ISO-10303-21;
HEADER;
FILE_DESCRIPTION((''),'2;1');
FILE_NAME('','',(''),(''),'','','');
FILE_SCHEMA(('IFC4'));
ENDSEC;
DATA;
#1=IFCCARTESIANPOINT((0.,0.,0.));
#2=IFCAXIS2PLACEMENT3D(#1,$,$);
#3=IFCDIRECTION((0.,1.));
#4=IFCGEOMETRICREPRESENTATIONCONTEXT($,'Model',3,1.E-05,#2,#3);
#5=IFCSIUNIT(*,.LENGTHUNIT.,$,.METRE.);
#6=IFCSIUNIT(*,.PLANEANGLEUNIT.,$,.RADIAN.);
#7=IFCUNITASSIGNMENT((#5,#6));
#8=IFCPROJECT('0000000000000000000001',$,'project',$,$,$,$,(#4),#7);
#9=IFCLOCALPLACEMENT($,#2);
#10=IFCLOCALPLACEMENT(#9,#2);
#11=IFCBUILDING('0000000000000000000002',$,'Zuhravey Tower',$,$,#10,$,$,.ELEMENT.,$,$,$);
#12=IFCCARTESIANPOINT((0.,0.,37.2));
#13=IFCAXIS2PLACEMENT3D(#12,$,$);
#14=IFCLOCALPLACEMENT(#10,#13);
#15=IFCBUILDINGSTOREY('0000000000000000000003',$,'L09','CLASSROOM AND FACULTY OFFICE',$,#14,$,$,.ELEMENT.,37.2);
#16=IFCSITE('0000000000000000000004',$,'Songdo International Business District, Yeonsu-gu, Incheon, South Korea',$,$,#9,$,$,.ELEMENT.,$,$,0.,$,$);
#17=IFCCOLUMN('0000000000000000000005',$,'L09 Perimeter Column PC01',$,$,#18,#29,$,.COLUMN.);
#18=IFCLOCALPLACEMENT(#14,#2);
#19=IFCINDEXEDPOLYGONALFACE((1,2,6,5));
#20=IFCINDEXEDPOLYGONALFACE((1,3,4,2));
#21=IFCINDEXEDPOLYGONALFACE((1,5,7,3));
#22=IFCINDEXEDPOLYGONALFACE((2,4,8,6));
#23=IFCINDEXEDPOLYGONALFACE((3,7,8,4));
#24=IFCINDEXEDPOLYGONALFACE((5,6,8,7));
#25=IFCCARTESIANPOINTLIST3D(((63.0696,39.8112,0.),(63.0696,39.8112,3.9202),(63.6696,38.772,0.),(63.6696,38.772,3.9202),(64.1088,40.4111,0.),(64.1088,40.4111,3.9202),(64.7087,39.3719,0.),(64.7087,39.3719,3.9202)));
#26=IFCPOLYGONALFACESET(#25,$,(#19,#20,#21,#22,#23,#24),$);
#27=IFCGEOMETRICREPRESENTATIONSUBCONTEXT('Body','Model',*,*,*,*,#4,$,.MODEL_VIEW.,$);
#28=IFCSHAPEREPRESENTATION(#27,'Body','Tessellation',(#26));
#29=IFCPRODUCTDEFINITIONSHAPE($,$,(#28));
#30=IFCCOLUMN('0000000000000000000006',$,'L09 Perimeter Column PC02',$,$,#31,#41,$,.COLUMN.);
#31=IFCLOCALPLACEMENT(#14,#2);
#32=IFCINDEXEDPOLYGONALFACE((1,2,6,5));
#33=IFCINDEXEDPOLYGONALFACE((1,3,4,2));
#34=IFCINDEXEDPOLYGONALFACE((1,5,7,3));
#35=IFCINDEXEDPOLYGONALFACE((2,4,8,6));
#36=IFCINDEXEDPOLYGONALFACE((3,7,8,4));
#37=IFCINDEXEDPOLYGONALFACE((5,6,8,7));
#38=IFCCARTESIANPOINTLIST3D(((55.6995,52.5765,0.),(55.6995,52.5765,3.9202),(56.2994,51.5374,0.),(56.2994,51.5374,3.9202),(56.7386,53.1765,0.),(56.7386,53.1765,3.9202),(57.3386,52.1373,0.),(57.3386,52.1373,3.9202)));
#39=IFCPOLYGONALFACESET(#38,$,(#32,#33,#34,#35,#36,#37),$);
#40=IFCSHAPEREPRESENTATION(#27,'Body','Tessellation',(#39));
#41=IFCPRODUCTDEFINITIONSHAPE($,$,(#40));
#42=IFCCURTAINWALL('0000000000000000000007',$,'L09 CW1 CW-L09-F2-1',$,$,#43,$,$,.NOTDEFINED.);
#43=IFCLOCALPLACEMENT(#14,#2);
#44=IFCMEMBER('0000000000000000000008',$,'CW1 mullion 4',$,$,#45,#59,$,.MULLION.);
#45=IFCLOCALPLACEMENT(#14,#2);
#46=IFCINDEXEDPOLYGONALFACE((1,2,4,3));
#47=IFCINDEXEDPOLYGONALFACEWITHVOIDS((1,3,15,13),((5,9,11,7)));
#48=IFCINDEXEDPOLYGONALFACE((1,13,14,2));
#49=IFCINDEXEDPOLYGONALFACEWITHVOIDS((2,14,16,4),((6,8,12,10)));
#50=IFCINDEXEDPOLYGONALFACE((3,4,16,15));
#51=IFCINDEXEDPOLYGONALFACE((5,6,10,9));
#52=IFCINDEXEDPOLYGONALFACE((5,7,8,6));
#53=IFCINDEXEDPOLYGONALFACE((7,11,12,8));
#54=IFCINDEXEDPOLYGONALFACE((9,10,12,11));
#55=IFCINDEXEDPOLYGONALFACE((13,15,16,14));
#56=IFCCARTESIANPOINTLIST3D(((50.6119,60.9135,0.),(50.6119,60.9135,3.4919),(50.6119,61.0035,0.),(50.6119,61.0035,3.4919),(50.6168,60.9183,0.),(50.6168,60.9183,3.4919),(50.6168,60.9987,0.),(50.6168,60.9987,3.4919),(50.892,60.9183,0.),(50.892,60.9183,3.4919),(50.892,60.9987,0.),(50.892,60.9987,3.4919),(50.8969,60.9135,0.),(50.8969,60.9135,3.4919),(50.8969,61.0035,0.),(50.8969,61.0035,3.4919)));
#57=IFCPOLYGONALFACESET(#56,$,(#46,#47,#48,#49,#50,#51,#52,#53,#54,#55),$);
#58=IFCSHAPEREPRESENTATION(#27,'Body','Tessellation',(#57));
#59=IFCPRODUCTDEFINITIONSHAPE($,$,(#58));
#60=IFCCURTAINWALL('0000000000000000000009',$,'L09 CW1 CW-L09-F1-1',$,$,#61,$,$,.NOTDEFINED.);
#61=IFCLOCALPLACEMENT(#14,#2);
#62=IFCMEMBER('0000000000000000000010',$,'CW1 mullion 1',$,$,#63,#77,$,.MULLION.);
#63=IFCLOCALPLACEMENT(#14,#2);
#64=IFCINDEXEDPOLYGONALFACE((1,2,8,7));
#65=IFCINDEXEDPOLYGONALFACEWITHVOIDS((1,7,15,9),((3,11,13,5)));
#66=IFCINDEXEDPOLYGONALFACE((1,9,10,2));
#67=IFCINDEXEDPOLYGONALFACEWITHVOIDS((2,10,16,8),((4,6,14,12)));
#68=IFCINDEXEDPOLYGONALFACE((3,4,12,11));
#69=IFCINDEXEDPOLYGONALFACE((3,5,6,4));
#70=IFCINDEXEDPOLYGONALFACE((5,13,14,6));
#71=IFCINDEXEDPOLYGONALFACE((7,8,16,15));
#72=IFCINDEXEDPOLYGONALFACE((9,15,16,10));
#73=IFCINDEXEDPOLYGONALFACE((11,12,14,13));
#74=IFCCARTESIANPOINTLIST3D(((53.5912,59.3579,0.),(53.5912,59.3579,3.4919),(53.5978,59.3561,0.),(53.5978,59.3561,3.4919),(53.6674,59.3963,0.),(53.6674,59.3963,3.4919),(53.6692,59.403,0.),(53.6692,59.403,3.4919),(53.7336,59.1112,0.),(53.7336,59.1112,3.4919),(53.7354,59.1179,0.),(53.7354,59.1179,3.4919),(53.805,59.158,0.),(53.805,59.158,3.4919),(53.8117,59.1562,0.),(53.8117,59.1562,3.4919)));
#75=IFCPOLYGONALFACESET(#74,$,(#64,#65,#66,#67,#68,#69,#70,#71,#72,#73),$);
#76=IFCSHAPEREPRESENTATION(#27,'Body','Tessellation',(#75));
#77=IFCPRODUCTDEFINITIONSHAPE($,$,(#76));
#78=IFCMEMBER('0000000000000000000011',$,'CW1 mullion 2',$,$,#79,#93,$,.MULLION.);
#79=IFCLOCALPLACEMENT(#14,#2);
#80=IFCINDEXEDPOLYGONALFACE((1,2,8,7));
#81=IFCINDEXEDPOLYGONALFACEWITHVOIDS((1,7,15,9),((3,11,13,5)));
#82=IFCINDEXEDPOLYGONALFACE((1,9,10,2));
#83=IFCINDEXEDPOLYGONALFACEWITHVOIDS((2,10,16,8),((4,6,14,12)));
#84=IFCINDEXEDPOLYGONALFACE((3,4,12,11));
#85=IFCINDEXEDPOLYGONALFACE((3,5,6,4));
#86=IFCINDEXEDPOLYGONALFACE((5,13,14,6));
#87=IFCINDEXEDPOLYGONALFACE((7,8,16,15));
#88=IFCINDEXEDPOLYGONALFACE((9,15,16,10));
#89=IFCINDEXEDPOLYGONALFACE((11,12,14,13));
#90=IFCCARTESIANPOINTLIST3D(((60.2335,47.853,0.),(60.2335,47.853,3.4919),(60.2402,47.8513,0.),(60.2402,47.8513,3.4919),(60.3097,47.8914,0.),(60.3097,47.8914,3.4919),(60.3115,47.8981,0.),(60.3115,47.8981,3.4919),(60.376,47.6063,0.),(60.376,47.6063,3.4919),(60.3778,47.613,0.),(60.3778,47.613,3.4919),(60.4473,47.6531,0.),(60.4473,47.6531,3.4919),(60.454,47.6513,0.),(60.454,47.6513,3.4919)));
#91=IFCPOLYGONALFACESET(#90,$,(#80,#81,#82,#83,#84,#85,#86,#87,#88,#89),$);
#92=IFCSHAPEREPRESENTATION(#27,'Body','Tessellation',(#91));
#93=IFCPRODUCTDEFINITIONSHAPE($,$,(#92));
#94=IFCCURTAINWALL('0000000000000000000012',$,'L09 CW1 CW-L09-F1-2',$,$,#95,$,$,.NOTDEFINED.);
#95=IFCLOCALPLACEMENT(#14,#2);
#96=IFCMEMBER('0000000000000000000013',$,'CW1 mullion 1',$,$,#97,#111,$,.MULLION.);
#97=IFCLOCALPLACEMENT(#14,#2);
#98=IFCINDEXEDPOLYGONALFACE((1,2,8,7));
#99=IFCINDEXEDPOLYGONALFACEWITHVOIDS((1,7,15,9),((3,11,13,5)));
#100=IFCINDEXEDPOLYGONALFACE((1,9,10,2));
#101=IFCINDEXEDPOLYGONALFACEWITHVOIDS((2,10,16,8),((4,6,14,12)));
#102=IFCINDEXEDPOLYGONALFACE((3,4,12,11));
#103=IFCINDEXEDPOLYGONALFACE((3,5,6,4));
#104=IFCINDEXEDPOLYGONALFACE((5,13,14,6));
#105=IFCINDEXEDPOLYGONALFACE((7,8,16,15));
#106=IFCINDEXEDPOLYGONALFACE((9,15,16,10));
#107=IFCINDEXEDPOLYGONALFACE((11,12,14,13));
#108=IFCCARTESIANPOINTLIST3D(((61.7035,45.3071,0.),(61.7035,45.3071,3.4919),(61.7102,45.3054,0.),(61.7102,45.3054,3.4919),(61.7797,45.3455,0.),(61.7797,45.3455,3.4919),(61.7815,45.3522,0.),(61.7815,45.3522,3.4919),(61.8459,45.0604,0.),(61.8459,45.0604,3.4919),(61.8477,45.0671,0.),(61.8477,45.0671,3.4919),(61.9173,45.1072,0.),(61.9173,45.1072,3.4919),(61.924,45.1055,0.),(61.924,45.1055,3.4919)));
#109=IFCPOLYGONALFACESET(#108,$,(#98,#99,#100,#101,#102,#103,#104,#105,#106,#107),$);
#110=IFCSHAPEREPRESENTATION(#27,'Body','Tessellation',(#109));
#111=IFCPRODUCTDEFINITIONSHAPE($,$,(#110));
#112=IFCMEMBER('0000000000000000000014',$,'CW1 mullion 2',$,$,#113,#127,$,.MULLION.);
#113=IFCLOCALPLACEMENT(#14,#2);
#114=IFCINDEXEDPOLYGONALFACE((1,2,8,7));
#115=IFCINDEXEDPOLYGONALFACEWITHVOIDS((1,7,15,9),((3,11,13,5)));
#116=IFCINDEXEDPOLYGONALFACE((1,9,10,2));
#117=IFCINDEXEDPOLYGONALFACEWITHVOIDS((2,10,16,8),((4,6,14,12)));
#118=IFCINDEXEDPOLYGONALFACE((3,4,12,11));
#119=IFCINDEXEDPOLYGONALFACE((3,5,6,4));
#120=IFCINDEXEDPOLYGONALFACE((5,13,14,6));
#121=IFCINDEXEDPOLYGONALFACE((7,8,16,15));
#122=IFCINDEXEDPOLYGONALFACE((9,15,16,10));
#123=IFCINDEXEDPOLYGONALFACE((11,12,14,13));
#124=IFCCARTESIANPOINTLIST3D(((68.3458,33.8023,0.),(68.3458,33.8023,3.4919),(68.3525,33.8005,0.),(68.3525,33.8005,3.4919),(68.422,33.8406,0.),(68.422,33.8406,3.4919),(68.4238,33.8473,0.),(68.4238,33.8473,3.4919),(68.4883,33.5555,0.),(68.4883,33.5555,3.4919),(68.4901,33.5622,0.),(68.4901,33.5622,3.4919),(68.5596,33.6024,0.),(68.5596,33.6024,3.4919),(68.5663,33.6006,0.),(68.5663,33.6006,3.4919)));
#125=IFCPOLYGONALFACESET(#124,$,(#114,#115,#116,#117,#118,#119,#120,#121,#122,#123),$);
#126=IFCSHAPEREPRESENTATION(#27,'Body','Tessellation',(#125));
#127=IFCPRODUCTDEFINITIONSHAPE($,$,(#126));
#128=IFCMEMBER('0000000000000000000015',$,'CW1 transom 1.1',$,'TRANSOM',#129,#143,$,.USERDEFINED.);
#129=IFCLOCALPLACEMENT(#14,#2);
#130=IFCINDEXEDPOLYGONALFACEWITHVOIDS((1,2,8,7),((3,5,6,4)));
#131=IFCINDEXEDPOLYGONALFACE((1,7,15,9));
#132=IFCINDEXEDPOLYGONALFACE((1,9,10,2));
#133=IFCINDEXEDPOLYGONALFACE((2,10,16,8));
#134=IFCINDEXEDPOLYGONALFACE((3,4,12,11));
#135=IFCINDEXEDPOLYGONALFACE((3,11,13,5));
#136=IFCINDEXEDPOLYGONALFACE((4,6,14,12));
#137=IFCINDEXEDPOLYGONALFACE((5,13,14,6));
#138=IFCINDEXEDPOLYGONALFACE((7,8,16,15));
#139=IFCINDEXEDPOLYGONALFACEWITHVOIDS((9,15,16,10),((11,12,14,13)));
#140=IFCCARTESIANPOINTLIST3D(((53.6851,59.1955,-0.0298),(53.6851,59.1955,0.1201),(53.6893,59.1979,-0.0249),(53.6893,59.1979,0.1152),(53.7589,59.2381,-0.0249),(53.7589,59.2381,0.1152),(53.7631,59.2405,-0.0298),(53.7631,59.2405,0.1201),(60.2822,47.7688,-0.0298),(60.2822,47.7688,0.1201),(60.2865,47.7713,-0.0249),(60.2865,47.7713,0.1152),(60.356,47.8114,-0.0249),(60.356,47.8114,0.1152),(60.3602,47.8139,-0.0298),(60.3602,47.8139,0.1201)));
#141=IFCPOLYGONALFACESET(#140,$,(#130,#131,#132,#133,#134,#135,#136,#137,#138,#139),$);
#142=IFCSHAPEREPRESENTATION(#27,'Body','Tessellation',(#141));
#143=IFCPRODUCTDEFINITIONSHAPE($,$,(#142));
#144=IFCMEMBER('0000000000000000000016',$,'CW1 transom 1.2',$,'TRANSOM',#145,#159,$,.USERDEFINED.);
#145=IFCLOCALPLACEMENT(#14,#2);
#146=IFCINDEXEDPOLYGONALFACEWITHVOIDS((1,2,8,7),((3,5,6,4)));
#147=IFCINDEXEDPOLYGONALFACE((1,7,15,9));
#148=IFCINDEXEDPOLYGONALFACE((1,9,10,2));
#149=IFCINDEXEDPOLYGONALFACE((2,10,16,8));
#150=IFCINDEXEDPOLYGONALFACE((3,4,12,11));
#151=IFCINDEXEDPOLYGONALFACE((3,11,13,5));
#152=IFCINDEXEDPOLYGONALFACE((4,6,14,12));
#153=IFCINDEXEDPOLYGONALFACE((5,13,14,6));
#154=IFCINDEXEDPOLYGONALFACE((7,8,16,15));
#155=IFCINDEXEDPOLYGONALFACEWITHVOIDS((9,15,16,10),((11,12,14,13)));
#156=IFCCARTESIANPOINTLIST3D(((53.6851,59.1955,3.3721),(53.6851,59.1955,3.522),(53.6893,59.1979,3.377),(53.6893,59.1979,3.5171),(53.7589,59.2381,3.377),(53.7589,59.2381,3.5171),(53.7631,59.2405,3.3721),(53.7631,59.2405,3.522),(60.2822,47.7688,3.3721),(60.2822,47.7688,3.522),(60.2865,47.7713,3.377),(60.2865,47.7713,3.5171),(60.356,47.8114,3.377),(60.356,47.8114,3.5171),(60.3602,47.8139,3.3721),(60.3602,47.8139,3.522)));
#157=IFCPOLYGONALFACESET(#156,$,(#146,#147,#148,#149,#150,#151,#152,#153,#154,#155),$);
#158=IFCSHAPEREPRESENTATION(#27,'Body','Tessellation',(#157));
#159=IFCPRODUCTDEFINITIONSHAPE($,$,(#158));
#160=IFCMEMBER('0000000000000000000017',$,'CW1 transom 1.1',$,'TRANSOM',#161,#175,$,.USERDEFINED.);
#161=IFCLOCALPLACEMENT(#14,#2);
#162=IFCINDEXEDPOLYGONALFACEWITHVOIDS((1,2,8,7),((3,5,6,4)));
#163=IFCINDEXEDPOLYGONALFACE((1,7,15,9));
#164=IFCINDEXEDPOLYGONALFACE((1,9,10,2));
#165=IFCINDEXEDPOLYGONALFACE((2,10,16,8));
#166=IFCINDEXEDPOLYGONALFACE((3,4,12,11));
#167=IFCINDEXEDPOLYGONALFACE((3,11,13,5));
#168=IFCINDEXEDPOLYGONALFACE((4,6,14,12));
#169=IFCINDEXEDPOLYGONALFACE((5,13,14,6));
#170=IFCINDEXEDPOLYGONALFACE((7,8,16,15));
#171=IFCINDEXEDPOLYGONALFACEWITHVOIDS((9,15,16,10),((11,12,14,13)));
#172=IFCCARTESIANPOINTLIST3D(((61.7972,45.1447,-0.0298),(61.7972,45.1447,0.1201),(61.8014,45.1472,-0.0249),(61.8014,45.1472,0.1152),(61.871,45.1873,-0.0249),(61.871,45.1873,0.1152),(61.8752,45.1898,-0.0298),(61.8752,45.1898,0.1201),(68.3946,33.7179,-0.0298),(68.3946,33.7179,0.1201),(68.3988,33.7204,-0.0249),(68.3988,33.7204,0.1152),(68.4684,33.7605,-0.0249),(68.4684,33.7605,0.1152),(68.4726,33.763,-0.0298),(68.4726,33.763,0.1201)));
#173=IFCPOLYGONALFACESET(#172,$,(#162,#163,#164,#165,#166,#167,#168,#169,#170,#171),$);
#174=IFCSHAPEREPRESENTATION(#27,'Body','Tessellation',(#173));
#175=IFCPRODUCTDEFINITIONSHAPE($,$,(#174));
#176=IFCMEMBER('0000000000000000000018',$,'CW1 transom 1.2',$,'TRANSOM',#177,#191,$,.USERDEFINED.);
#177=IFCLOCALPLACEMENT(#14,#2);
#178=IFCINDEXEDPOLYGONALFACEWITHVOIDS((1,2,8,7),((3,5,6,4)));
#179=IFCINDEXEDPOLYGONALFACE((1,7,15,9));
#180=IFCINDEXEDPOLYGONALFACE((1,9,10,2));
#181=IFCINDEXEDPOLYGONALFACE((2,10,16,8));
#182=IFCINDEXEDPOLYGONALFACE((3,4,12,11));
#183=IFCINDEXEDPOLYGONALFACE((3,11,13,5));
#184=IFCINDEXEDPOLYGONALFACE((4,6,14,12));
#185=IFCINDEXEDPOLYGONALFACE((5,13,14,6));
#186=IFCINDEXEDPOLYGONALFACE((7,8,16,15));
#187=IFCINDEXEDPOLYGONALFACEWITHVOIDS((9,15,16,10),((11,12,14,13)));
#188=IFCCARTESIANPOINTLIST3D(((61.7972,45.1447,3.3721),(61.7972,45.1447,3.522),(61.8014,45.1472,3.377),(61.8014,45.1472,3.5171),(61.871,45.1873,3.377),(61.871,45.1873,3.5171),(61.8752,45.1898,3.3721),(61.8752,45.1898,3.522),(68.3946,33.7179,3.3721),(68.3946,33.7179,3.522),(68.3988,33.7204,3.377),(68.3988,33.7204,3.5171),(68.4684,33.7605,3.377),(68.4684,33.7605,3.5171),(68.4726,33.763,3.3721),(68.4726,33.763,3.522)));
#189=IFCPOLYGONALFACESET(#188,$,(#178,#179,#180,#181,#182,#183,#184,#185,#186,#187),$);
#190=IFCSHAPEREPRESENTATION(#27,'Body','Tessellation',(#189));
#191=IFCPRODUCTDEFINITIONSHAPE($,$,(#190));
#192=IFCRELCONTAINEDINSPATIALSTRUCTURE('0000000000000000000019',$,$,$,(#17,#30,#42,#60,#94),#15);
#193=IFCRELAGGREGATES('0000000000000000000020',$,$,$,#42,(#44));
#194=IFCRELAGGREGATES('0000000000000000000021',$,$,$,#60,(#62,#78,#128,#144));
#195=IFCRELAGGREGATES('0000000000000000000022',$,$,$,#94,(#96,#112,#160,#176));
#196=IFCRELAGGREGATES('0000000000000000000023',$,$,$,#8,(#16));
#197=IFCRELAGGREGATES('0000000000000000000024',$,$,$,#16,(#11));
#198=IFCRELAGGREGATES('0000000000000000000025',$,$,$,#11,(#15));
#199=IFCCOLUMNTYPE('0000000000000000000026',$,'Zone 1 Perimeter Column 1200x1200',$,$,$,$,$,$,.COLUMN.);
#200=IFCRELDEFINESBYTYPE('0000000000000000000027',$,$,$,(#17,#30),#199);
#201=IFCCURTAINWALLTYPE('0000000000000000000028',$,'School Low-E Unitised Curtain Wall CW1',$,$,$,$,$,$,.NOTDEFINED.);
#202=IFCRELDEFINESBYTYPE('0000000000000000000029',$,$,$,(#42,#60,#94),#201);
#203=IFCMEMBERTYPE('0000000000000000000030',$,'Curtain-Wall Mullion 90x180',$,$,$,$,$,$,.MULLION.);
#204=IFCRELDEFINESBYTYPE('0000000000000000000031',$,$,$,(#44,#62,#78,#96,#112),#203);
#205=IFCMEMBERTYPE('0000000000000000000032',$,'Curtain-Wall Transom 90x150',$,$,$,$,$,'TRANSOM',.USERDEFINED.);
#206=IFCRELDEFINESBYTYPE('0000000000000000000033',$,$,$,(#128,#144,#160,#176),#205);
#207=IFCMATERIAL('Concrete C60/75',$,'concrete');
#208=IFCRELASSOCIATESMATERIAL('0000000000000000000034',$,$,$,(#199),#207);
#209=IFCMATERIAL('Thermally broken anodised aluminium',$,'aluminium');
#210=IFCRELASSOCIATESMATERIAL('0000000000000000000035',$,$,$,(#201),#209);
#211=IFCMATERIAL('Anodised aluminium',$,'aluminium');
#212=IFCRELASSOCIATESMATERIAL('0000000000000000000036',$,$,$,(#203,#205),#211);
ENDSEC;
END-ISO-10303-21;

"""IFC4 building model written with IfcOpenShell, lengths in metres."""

from ifc_helpers import new_model, si_unit, direction, frame, origin, origin_2d, place, context, subcontext, project, spatial, rectangle, hollow_rectangle, extrude, material, material_profile, profile_set, type_object, element, aggregate, save


model = new_model("IFC4")

# Units and contexts
model_context = context("Model", 3, precision=1e-05, world=origin(), true_north=direction((0.0, 1.0)))
body_context = subcontext(model_context, "Body", "Model", "MODEL_VIEW")
ifc_project = project(units=[si_unit("LENGTHUNIT", "METRE"), si_unit("PLANEANGLEUNIT", "RADIAN")], contexts=[model_context])

# Site, building, storey
site_placement = place(None, origin())
site = spatial("IfcSite", under=ifc_project, at=site_placement, Name="Songdo International Business District, Yeonsu-gu, Incheon, South Korea", CompositionType="ELEMENT", RefElevation=0.0)
building_placement = place(site_placement, origin())
building = spatial("IfcBuilding", under=site, at=building_placement, Name="Zuhravey Tower", CompositionType="ELEMENT")
storey_placement = place(building_placement, frame((0.0, 0.0, 37.2)))
storey = spatial("IfcBuildingStorey", under=building, at=storey_placement, Name="L09", Description="CLASSROOM AND FACULTY OFFICE", CompositionType="ELEMENT", Elevation=37.2)

# Columns
ifc_material_1 = material(Name="Concrete C60/75", Category="concrete")
ifc_material_profile_1 = material_profile(ifc_material_1, rectangle(XDim=1.2, YDim=1.2, at=origin_2d()), Name="RC-1200x1200")
ifc_profile_set_1 = profile_set([ifc_material_profile_1], Name="Concrete C60/75")
column_type = type_object("IfcColumnType", Name="Zone 1 Perimeter Column 1200x1200", PredefinedType="COLUMN", material=ifc_profile_set_1)
for number, where, z_axis, x_axis, name in (
    (1, (63.8892, 39.5916, 0.0), (0.0, 0.0, 1.0), (-0.5, 0.866025, 0.0), "L09 Perimeter Column PC01"),
    (2, (56.519, 52.3569, 0.0), (0.0, 0.0, 1.0), (-0.5, 0.866025, 0.0), "L09 Perimeter Column PC02"),
):
    element("IfcColumn", number, at=place(storey_placement, frame(where, z_axis=z_axis, x_axis=x_axis)), inside=storey, type_object=column_type, Name=name, PredefinedType="COLUMN", context=body_context, shape_type="SweptSolid", body=[
        extrude(rectangle(XDim=1.2, YDim=1.2, at=origin_2d()), origin(), (0.0, 0.0, 1.0), 3.9202),
    ])

# Curtain wall, member
ifc_material_2 = material(Name="Thermally broken anodised aluminium", Category="aluminium")
curtain_wall_type = type_object("IfcCurtainWallType", Name="School Low-E Unitised Curtain Wall CW1", PredefinedType="NOTDEFINED", material=ifc_material_2)
curtain_wall_1_placement = place(storey_placement, origin())
curtain_wall_1 = element("IfcCurtainWall", 3, at=curtain_wall_1_placement, inside=storey, type_object=curtain_wall_type, Name="L09 CW1 CW-L09-F2-1", PredefinedType="NOTDEFINED")
ifc_material_3 = material(Name="Anodised aluminium", Category="aluminium")
ifc_material_profile_2 = material_profile(ifc_material_3, hollow_rectangle(XDim=0.0901, YDim=0.2849, WallThickness=0.0049, at=origin_2d()), Name="ALU-RHS-90x285x5")
ifc_profile_set_2 = profile_set([ifc_material_profile_2], Name="Anodised aluminium")
member_type_1 = type_object("IfcMemberType", Name="Curtain-Wall Mullion 90x180", PredefinedType="MULLION", material=ifc_profile_set_2)
member_1_placement = place(storey_placement, frame((50.7544, 60.9585, 0.0), z_axis=(0.0, 0.0, 1.0), x_axis=(0.0, 1.0, 0.0)))
member_1 = element("IfcMember", 4, at=member_1_placement, type_object=member_type_1, Name="CW1 mullion 4", PredefinedType="MULLION", context=body_context, shape_type="SweptSolid", body=[
    extrude(hollow_rectangle(XDim=0.0901, YDim=0.2849, WallThickness=0.0049, at=origin_2d()), origin(), (0.0, 0.0, 1.0), 3.4919),
])
aggregate(curtain_wall_1, [member_1])

# Curtain walls, members
curtain_wall_2_placement = place(storey_placement, origin())
curtain_wall_2 = element("IfcCurtainWall", 5, at=curtain_wall_2_placement, inside=storey, type_object=curtain_wall_type, Name="L09 CW1 CW-L09-F1-1", PredefinedType="NOTDEFINED")
member_2_placement = place(storey_placement, frame((53.7014, 59.2571, 0.0), z_axis=(0.0, 0.0, 1.0), x_axis=(0.866028, 0.499996, 0.0)))
member_2 = element("IfcMember", 6, at=member_2_placement, type_object=member_type_1, Name="CW1 mullion 1", PredefinedType="MULLION", context=body_context, shape_type="SweptSolid", body=[
    extrude(hollow_rectangle(XDim=0.0901, YDim=0.2849, WallThickness=0.0049, at=origin_2d()), origin(), (0.0, 0.0, 1.0), 3.4919),
])
member_3_placement = place(storey_placement, frame((60.3438, 47.7522, 0.0), z_axis=(0.0, 0.0, 1.0), x_axis=(0.866028, 0.499996, 0.0)))
member_3 = element("IfcMember", 7, at=member_3_placement, type_object=member_type_1, Name="CW1 mullion 2", PredefinedType="MULLION", context=body_context, shape_type="SweptSolid", body=[
    extrude(hollow_rectangle(XDim=0.0901, YDim=0.2849, WallThickness=0.0049, at=origin_2d()), origin(), (0.0, 0.0, 1.0), 3.4919),
])
curtain_wall_3_placement = place(storey_placement, origin())
curtain_wall_3 = element("IfcCurtainWall", 8, at=curtain_wall_3_placement, inside=storey, type_object=curtain_wall_type, Name="L09 CW1 CW-L09-F1-2", PredefinedType="NOTDEFINED")
member_4_placement = place(storey_placement, frame((61.8137, 45.2063, 0.0), z_axis=(0.0, 0.0, 1.0), x_axis=(0.866025, 0.500001, 0.0)))
member_4 = element("IfcMember", 9, at=member_4_placement, type_object=member_type_1, Name="CW1 mullion 1", PredefinedType="MULLION", context=body_context, shape_type="SweptSolid", body=[
    extrude(hollow_rectangle(XDim=0.0901, YDim=0.2849, WallThickness=0.0049, at=origin_2d()), origin(), (0.0, 0.0, 1.0), 3.4919),
])
member_5_placement = place(storey_placement, frame((68.4561, 33.7014, 0.0), z_axis=(0.0, 0.0, 1.0), x_axis=(0.866025, 0.500001, 0.0)))
member_5 = element("IfcMember", 10, at=member_5_placement, type_object=member_type_1, Name="CW1 mullion 2", PredefinedType="MULLION", context=body_context, shape_type="SweptSolid", body=[
    extrude(hollow_rectangle(XDim=0.0901, YDim=0.2849, WallThickness=0.0049, at=origin_2d()), origin(), (0.0, 0.0, 1.0), 3.4919),
])

# Members
ifc_material_profile_3 = material_profile(ifc_material_3, hollow_rectangle(XDim=0.0901, YDim=0.1499, WallThickness=0.0049, at=origin_2d()), Name="ALU-RHS-90x150x5")
ifc_profile_set_3 = profile_set([ifc_material_profile_3], Name="Anodised aluminium")
member_type_2 = type_object("IfcMemberType", Name="Curtain-Wall Transom 90x150", ElementType="TRANSOM", PredefinedType="USERDEFINED", material=ifc_profile_set_3)
member_6_placement = place(storey_placement, frame((53.7241, 59.218, 0.0452), z_axis=(0.499996, -0.866028, 0.0), x_axis=(0.866028, 0.499996, 0.0)))
member_6 = element("IfcMember", 11, at=member_6_placement, type_object=member_type_2, Name="CW1 transom 1.1", ObjectType="TRANSOM", PredefinedType="USERDEFINED", context=body_context, shape_type="SweptSolid", body=[
    extrude(hollow_rectangle(XDim=0.0901, YDim=0.1499, WallThickness=0.0049, at=origin_2d()), origin(), (0.0, 0.0, 1.0), 13.1943),
])
member_7_placement = place(storey_placement, frame((53.7241, 59.218, 3.447), z_axis=(0.499996, -0.866028, 0.0), x_axis=(0.866028, 0.499996, 0.0)))
member_7 = element("IfcMember", 12, at=member_7_placement, type_object=member_type_2, Name="CW1 transom 1.2", ObjectType="TRANSOM", PredefinedType="USERDEFINED", context=body_context, shape_type="SweptSolid", body=[
    extrude(hollow_rectangle(XDim=0.0901, YDim=0.1499, WallThickness=0.0049, at=origin_2d()), origin(), (0.0, 0.0, 1.0), 13.1943),
])
member_8_placement = place(storey_placement, frame((61.8362, 45.1672, 0.0452), z_axis=(0.50001, -0.86602, 0.0), x_axis=(0.86602, 0.50001, 0.0)))
member_8 = element("IfcMember", 13, at=member_8_placement, type_object=member_type_2, Name="CW1 transom 1.1", ObjectType="TRANSOM", PredefinedType="USERDEFINED", context=body_context, shape_type="SweptSolid", body=[
    extrude(hollow_rectangle(XDim=0.0901, YDim=0.1499, WallThickness=0.0049, at=origin_2d()), origin(), (0.0, 0.0, 1.0), 13.1946),
])
member_9_placement = place(storey_placement, frame((61.8362, 45.1672, 3.447), z_axis=(0.50001, -0.86602, 0.0), x_axis=(0.86602, 0.50001, 0.0)))
member_9 = element("IfcMember", 14, at=member_9_placement, type_object=member_type_2, Name="CW1 transom 1.2", ObjectType="TRANSOM", PredefinedType="USERDEFINED", context=body_context, shape_type="SweptSolid", body=[
    extrude(hollow_rectangle(XDim=0.0901, YDim=0.1499, WallThickness=0.0049, at=origin_2d()), origin(), (0.0, 0.0, 1.0), 13.1946),
])

aggregate(curtain_wall_2, [member_2, member_3, member_6, member_7])
aggregate(curtain_wall_3, [member_4, member_5, member_8, member_9])

save(model, "model.ifc")
